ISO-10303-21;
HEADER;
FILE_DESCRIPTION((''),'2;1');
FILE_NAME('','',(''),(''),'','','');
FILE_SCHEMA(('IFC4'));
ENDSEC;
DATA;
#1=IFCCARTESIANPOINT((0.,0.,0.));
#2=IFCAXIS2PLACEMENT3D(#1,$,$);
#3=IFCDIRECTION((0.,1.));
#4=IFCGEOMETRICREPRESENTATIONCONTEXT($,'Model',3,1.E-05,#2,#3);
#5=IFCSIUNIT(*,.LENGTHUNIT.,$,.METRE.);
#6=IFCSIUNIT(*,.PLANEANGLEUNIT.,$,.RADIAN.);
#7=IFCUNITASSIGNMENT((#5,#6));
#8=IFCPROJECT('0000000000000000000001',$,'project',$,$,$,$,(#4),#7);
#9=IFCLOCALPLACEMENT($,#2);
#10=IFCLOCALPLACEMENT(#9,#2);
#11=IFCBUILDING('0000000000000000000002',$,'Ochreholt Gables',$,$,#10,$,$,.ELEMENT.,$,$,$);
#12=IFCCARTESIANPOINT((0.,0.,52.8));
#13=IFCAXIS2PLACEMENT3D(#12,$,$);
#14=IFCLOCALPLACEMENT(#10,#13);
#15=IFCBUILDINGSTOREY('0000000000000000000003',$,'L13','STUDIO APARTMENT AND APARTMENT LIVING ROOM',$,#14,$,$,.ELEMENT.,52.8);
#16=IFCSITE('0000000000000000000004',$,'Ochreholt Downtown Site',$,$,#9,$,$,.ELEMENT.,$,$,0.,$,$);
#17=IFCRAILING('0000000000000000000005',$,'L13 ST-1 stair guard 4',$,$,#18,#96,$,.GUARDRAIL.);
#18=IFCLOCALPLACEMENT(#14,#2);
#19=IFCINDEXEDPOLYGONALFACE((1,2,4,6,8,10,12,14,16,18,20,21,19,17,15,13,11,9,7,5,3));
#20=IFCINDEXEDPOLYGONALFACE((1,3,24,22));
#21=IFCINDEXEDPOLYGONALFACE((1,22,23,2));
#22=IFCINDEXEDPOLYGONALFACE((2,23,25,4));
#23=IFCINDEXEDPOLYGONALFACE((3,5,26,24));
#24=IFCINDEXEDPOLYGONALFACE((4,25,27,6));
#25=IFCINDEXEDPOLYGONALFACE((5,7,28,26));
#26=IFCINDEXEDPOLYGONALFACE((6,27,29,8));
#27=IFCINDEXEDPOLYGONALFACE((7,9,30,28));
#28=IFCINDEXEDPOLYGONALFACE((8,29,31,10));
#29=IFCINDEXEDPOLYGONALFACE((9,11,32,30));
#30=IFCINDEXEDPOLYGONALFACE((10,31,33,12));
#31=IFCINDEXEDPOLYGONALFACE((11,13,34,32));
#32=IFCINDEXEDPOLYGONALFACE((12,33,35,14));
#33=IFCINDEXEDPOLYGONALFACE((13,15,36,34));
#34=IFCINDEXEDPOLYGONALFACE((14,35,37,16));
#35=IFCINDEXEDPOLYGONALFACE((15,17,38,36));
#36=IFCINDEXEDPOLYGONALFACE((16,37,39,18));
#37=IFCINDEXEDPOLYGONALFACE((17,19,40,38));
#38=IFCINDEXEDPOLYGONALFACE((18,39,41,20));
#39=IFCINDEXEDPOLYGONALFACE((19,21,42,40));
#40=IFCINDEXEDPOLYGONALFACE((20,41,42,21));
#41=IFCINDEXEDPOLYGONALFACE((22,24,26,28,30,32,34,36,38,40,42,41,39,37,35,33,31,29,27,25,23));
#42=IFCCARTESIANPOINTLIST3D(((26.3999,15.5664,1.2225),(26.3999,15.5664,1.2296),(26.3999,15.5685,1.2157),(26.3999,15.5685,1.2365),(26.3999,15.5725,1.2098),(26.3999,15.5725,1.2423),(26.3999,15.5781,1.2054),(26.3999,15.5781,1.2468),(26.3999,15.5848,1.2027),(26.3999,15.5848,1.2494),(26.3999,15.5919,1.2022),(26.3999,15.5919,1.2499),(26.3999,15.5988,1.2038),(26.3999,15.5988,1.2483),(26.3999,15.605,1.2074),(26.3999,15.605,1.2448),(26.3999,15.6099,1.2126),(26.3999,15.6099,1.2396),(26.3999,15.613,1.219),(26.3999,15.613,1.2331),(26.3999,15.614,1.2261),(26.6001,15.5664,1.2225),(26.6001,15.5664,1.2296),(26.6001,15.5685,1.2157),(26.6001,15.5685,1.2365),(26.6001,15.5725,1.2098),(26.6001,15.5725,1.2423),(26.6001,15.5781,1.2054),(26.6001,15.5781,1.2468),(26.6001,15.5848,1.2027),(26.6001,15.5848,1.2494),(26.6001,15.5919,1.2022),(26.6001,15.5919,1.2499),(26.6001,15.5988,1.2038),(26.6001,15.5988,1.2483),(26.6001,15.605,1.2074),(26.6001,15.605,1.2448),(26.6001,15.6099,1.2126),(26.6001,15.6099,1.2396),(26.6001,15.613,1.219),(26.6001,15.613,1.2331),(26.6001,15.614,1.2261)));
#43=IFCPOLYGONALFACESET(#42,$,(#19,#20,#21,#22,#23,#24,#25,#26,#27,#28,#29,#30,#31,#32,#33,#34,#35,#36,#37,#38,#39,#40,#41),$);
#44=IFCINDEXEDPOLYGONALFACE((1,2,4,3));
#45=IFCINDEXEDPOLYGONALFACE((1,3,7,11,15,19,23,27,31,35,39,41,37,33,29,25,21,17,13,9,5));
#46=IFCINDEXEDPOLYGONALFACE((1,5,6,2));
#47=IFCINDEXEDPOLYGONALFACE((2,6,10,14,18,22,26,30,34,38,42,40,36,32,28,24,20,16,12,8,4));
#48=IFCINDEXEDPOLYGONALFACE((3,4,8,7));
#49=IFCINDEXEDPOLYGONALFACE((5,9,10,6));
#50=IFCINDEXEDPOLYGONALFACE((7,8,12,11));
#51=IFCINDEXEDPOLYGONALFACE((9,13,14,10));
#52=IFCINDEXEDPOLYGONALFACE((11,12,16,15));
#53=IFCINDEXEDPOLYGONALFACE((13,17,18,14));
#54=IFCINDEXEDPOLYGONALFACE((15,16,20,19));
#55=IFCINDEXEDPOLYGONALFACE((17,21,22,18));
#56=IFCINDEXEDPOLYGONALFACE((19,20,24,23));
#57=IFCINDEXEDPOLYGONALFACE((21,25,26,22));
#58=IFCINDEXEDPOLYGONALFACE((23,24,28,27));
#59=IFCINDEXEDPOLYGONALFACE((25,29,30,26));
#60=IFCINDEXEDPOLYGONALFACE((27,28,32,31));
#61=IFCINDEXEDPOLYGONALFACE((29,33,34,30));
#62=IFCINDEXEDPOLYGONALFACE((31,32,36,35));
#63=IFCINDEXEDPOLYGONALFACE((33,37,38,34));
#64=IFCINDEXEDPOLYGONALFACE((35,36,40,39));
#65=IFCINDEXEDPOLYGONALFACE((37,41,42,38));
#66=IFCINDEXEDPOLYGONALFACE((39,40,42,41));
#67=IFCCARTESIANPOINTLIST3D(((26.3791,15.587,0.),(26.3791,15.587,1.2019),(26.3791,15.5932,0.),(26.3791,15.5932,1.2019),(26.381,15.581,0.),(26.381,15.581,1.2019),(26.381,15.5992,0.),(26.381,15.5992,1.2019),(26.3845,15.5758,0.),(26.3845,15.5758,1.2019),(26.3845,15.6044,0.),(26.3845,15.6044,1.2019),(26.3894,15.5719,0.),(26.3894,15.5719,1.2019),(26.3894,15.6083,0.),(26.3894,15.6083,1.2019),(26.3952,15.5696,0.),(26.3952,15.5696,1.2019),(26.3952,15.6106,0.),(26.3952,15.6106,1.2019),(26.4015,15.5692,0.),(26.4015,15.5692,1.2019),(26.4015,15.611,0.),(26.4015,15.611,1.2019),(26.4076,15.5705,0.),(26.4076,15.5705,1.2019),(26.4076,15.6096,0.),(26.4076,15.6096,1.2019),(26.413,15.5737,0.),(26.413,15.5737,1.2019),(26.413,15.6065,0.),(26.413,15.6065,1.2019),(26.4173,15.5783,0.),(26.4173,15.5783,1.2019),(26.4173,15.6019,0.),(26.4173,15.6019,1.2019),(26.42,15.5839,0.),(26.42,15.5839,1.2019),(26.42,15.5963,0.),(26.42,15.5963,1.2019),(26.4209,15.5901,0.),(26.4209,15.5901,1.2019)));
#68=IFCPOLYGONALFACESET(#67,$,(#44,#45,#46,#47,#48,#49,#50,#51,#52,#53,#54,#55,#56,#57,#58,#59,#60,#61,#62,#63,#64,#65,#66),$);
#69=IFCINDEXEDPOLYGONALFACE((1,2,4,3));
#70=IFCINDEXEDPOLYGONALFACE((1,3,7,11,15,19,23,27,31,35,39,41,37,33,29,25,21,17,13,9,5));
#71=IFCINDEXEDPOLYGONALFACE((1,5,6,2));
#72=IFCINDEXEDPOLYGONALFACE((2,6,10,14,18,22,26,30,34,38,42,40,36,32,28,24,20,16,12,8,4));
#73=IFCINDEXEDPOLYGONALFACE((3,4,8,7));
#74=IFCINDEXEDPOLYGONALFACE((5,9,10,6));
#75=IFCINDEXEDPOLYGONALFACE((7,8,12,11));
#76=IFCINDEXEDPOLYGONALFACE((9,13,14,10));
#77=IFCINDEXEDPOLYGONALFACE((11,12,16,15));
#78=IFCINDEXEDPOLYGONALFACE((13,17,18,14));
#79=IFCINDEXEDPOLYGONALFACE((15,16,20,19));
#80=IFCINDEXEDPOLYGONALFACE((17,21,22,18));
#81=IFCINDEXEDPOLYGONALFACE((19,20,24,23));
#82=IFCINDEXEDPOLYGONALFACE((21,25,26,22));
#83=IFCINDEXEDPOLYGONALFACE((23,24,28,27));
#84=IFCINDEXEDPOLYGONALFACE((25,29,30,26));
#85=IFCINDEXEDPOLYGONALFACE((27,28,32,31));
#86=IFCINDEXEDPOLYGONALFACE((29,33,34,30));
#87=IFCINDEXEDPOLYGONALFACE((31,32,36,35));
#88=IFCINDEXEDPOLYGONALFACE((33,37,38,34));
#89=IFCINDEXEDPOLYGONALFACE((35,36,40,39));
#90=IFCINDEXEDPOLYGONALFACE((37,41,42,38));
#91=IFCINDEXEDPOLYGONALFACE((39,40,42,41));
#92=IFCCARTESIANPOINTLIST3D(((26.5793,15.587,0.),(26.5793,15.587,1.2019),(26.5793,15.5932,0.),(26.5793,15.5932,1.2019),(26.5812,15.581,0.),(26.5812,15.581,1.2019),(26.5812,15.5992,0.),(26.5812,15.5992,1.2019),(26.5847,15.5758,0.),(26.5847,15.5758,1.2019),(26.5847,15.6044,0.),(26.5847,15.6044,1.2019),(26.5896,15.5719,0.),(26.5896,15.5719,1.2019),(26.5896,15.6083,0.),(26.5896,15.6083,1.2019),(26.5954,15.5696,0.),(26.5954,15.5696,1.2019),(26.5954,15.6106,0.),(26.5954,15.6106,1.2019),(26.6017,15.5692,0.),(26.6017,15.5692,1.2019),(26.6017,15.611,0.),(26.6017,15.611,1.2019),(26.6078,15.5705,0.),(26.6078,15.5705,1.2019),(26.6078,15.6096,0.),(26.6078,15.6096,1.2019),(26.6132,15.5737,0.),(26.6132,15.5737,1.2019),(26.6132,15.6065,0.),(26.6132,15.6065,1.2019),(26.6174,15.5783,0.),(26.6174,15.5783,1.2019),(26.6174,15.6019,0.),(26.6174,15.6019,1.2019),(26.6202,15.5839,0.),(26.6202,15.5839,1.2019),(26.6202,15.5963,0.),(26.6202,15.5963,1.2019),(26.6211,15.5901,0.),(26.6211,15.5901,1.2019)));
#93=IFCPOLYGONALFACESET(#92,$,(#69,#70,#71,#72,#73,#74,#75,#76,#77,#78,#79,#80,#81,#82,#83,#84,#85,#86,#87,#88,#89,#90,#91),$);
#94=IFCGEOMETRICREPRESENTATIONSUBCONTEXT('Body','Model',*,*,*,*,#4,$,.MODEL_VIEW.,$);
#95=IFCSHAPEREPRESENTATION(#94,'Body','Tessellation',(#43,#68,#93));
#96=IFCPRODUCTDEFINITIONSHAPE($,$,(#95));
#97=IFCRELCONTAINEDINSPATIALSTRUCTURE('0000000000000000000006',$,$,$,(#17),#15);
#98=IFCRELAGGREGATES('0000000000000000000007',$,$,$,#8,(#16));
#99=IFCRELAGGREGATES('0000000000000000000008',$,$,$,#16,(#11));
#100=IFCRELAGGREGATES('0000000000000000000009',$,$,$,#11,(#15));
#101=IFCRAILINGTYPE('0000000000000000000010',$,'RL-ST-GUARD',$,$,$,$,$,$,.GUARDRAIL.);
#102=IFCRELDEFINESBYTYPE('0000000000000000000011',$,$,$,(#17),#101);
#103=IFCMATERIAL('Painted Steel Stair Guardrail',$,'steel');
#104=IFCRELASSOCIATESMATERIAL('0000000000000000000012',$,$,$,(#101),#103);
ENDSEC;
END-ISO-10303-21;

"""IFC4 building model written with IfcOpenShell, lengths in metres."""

from ifc_helpers import new_model, si_unit, direction, frame, origin, origin_2d, place, context, subcontext, project, spatial, circle, extrude, material, type_object, element, save


model = new_model("IFC4")

# Units and contexts
model_context = context("Model", 3, precision=1e-05, world=origin(), true_north=direction((0.0, 1.0)))
body_context = subcontext(model_context, "Body", "Model", "MODEL_VIEW")
ifc_project = project(units=[si_unit("LENGTHUNIT", "METRE"), si_unit("PLANEANGLEUNIT", "RADIAN")], contexts=[model_context])

# Site, building, storey
site_placement = place(None, origin())
site = spatial("IfcSite", under=ifc_project, at=site_placement, Name="Ochreholt Downtown Site", CompositionType="ELEMENT", RefElevation=0.0)
building_placement = place(site_placement, origin())
building = spatial("IfcBuilding", under=site, at=building_placement, Name="Ochreholt Gables", CompositionType="ELEMENT")
storey_placement = place(building_placement, frame((0.0, 0.0, 52.8)))
storey = spatial("IfcBuildingStorey", under=building, at=storey_placement, Name="L13", Description="STUDIO APARTMENT AND APARTMENT LIVING ROOM", CompositionType="ELEMENT", Elevation=52.8)

# Railing
ifc_material_1 = material(Name="Painted Steel Stair Guardrail", Category="steel")
railing_type_1 = type_object("IfcRailingType", Name="RL-ST-GUARD", PredefinedType="GUARDRAIL", material=ifc_material_1)
railing_1_placement = place(storey_placement, frame((26.3999, 15.5901, 0.0)))
element("IfcRailing", 1, at=railing_1_placement, inside=storey, type_object=railing_type_1, Name="L13 ST-1 stair guard 4", PredefinedType="GUARDRAIL", context=body_context, shape_type="SweptSolid", body=[
    extrude(circle(Radius=0.0239, at=origin_2d()), frame((0.0, 0.0, 1.2261), z_axis=(1.0, 0.0, 0.0), x_axis=(0.0, 1.0, 0.0)), (0.0, 0.0, 1.0), 0.2002),
    extrude(circle(Radius=0.021, at=origin_2d()), origin(), (0.0, 0.0, 1.0), 1.2019),
    extrude(circle(Radius=0.021, at=origin_2d()), frame((0.2002, 0.0, 0.0)), (0.0, 0.0, 1.0), 1.2019),
])

save(model, "model.ifc")
